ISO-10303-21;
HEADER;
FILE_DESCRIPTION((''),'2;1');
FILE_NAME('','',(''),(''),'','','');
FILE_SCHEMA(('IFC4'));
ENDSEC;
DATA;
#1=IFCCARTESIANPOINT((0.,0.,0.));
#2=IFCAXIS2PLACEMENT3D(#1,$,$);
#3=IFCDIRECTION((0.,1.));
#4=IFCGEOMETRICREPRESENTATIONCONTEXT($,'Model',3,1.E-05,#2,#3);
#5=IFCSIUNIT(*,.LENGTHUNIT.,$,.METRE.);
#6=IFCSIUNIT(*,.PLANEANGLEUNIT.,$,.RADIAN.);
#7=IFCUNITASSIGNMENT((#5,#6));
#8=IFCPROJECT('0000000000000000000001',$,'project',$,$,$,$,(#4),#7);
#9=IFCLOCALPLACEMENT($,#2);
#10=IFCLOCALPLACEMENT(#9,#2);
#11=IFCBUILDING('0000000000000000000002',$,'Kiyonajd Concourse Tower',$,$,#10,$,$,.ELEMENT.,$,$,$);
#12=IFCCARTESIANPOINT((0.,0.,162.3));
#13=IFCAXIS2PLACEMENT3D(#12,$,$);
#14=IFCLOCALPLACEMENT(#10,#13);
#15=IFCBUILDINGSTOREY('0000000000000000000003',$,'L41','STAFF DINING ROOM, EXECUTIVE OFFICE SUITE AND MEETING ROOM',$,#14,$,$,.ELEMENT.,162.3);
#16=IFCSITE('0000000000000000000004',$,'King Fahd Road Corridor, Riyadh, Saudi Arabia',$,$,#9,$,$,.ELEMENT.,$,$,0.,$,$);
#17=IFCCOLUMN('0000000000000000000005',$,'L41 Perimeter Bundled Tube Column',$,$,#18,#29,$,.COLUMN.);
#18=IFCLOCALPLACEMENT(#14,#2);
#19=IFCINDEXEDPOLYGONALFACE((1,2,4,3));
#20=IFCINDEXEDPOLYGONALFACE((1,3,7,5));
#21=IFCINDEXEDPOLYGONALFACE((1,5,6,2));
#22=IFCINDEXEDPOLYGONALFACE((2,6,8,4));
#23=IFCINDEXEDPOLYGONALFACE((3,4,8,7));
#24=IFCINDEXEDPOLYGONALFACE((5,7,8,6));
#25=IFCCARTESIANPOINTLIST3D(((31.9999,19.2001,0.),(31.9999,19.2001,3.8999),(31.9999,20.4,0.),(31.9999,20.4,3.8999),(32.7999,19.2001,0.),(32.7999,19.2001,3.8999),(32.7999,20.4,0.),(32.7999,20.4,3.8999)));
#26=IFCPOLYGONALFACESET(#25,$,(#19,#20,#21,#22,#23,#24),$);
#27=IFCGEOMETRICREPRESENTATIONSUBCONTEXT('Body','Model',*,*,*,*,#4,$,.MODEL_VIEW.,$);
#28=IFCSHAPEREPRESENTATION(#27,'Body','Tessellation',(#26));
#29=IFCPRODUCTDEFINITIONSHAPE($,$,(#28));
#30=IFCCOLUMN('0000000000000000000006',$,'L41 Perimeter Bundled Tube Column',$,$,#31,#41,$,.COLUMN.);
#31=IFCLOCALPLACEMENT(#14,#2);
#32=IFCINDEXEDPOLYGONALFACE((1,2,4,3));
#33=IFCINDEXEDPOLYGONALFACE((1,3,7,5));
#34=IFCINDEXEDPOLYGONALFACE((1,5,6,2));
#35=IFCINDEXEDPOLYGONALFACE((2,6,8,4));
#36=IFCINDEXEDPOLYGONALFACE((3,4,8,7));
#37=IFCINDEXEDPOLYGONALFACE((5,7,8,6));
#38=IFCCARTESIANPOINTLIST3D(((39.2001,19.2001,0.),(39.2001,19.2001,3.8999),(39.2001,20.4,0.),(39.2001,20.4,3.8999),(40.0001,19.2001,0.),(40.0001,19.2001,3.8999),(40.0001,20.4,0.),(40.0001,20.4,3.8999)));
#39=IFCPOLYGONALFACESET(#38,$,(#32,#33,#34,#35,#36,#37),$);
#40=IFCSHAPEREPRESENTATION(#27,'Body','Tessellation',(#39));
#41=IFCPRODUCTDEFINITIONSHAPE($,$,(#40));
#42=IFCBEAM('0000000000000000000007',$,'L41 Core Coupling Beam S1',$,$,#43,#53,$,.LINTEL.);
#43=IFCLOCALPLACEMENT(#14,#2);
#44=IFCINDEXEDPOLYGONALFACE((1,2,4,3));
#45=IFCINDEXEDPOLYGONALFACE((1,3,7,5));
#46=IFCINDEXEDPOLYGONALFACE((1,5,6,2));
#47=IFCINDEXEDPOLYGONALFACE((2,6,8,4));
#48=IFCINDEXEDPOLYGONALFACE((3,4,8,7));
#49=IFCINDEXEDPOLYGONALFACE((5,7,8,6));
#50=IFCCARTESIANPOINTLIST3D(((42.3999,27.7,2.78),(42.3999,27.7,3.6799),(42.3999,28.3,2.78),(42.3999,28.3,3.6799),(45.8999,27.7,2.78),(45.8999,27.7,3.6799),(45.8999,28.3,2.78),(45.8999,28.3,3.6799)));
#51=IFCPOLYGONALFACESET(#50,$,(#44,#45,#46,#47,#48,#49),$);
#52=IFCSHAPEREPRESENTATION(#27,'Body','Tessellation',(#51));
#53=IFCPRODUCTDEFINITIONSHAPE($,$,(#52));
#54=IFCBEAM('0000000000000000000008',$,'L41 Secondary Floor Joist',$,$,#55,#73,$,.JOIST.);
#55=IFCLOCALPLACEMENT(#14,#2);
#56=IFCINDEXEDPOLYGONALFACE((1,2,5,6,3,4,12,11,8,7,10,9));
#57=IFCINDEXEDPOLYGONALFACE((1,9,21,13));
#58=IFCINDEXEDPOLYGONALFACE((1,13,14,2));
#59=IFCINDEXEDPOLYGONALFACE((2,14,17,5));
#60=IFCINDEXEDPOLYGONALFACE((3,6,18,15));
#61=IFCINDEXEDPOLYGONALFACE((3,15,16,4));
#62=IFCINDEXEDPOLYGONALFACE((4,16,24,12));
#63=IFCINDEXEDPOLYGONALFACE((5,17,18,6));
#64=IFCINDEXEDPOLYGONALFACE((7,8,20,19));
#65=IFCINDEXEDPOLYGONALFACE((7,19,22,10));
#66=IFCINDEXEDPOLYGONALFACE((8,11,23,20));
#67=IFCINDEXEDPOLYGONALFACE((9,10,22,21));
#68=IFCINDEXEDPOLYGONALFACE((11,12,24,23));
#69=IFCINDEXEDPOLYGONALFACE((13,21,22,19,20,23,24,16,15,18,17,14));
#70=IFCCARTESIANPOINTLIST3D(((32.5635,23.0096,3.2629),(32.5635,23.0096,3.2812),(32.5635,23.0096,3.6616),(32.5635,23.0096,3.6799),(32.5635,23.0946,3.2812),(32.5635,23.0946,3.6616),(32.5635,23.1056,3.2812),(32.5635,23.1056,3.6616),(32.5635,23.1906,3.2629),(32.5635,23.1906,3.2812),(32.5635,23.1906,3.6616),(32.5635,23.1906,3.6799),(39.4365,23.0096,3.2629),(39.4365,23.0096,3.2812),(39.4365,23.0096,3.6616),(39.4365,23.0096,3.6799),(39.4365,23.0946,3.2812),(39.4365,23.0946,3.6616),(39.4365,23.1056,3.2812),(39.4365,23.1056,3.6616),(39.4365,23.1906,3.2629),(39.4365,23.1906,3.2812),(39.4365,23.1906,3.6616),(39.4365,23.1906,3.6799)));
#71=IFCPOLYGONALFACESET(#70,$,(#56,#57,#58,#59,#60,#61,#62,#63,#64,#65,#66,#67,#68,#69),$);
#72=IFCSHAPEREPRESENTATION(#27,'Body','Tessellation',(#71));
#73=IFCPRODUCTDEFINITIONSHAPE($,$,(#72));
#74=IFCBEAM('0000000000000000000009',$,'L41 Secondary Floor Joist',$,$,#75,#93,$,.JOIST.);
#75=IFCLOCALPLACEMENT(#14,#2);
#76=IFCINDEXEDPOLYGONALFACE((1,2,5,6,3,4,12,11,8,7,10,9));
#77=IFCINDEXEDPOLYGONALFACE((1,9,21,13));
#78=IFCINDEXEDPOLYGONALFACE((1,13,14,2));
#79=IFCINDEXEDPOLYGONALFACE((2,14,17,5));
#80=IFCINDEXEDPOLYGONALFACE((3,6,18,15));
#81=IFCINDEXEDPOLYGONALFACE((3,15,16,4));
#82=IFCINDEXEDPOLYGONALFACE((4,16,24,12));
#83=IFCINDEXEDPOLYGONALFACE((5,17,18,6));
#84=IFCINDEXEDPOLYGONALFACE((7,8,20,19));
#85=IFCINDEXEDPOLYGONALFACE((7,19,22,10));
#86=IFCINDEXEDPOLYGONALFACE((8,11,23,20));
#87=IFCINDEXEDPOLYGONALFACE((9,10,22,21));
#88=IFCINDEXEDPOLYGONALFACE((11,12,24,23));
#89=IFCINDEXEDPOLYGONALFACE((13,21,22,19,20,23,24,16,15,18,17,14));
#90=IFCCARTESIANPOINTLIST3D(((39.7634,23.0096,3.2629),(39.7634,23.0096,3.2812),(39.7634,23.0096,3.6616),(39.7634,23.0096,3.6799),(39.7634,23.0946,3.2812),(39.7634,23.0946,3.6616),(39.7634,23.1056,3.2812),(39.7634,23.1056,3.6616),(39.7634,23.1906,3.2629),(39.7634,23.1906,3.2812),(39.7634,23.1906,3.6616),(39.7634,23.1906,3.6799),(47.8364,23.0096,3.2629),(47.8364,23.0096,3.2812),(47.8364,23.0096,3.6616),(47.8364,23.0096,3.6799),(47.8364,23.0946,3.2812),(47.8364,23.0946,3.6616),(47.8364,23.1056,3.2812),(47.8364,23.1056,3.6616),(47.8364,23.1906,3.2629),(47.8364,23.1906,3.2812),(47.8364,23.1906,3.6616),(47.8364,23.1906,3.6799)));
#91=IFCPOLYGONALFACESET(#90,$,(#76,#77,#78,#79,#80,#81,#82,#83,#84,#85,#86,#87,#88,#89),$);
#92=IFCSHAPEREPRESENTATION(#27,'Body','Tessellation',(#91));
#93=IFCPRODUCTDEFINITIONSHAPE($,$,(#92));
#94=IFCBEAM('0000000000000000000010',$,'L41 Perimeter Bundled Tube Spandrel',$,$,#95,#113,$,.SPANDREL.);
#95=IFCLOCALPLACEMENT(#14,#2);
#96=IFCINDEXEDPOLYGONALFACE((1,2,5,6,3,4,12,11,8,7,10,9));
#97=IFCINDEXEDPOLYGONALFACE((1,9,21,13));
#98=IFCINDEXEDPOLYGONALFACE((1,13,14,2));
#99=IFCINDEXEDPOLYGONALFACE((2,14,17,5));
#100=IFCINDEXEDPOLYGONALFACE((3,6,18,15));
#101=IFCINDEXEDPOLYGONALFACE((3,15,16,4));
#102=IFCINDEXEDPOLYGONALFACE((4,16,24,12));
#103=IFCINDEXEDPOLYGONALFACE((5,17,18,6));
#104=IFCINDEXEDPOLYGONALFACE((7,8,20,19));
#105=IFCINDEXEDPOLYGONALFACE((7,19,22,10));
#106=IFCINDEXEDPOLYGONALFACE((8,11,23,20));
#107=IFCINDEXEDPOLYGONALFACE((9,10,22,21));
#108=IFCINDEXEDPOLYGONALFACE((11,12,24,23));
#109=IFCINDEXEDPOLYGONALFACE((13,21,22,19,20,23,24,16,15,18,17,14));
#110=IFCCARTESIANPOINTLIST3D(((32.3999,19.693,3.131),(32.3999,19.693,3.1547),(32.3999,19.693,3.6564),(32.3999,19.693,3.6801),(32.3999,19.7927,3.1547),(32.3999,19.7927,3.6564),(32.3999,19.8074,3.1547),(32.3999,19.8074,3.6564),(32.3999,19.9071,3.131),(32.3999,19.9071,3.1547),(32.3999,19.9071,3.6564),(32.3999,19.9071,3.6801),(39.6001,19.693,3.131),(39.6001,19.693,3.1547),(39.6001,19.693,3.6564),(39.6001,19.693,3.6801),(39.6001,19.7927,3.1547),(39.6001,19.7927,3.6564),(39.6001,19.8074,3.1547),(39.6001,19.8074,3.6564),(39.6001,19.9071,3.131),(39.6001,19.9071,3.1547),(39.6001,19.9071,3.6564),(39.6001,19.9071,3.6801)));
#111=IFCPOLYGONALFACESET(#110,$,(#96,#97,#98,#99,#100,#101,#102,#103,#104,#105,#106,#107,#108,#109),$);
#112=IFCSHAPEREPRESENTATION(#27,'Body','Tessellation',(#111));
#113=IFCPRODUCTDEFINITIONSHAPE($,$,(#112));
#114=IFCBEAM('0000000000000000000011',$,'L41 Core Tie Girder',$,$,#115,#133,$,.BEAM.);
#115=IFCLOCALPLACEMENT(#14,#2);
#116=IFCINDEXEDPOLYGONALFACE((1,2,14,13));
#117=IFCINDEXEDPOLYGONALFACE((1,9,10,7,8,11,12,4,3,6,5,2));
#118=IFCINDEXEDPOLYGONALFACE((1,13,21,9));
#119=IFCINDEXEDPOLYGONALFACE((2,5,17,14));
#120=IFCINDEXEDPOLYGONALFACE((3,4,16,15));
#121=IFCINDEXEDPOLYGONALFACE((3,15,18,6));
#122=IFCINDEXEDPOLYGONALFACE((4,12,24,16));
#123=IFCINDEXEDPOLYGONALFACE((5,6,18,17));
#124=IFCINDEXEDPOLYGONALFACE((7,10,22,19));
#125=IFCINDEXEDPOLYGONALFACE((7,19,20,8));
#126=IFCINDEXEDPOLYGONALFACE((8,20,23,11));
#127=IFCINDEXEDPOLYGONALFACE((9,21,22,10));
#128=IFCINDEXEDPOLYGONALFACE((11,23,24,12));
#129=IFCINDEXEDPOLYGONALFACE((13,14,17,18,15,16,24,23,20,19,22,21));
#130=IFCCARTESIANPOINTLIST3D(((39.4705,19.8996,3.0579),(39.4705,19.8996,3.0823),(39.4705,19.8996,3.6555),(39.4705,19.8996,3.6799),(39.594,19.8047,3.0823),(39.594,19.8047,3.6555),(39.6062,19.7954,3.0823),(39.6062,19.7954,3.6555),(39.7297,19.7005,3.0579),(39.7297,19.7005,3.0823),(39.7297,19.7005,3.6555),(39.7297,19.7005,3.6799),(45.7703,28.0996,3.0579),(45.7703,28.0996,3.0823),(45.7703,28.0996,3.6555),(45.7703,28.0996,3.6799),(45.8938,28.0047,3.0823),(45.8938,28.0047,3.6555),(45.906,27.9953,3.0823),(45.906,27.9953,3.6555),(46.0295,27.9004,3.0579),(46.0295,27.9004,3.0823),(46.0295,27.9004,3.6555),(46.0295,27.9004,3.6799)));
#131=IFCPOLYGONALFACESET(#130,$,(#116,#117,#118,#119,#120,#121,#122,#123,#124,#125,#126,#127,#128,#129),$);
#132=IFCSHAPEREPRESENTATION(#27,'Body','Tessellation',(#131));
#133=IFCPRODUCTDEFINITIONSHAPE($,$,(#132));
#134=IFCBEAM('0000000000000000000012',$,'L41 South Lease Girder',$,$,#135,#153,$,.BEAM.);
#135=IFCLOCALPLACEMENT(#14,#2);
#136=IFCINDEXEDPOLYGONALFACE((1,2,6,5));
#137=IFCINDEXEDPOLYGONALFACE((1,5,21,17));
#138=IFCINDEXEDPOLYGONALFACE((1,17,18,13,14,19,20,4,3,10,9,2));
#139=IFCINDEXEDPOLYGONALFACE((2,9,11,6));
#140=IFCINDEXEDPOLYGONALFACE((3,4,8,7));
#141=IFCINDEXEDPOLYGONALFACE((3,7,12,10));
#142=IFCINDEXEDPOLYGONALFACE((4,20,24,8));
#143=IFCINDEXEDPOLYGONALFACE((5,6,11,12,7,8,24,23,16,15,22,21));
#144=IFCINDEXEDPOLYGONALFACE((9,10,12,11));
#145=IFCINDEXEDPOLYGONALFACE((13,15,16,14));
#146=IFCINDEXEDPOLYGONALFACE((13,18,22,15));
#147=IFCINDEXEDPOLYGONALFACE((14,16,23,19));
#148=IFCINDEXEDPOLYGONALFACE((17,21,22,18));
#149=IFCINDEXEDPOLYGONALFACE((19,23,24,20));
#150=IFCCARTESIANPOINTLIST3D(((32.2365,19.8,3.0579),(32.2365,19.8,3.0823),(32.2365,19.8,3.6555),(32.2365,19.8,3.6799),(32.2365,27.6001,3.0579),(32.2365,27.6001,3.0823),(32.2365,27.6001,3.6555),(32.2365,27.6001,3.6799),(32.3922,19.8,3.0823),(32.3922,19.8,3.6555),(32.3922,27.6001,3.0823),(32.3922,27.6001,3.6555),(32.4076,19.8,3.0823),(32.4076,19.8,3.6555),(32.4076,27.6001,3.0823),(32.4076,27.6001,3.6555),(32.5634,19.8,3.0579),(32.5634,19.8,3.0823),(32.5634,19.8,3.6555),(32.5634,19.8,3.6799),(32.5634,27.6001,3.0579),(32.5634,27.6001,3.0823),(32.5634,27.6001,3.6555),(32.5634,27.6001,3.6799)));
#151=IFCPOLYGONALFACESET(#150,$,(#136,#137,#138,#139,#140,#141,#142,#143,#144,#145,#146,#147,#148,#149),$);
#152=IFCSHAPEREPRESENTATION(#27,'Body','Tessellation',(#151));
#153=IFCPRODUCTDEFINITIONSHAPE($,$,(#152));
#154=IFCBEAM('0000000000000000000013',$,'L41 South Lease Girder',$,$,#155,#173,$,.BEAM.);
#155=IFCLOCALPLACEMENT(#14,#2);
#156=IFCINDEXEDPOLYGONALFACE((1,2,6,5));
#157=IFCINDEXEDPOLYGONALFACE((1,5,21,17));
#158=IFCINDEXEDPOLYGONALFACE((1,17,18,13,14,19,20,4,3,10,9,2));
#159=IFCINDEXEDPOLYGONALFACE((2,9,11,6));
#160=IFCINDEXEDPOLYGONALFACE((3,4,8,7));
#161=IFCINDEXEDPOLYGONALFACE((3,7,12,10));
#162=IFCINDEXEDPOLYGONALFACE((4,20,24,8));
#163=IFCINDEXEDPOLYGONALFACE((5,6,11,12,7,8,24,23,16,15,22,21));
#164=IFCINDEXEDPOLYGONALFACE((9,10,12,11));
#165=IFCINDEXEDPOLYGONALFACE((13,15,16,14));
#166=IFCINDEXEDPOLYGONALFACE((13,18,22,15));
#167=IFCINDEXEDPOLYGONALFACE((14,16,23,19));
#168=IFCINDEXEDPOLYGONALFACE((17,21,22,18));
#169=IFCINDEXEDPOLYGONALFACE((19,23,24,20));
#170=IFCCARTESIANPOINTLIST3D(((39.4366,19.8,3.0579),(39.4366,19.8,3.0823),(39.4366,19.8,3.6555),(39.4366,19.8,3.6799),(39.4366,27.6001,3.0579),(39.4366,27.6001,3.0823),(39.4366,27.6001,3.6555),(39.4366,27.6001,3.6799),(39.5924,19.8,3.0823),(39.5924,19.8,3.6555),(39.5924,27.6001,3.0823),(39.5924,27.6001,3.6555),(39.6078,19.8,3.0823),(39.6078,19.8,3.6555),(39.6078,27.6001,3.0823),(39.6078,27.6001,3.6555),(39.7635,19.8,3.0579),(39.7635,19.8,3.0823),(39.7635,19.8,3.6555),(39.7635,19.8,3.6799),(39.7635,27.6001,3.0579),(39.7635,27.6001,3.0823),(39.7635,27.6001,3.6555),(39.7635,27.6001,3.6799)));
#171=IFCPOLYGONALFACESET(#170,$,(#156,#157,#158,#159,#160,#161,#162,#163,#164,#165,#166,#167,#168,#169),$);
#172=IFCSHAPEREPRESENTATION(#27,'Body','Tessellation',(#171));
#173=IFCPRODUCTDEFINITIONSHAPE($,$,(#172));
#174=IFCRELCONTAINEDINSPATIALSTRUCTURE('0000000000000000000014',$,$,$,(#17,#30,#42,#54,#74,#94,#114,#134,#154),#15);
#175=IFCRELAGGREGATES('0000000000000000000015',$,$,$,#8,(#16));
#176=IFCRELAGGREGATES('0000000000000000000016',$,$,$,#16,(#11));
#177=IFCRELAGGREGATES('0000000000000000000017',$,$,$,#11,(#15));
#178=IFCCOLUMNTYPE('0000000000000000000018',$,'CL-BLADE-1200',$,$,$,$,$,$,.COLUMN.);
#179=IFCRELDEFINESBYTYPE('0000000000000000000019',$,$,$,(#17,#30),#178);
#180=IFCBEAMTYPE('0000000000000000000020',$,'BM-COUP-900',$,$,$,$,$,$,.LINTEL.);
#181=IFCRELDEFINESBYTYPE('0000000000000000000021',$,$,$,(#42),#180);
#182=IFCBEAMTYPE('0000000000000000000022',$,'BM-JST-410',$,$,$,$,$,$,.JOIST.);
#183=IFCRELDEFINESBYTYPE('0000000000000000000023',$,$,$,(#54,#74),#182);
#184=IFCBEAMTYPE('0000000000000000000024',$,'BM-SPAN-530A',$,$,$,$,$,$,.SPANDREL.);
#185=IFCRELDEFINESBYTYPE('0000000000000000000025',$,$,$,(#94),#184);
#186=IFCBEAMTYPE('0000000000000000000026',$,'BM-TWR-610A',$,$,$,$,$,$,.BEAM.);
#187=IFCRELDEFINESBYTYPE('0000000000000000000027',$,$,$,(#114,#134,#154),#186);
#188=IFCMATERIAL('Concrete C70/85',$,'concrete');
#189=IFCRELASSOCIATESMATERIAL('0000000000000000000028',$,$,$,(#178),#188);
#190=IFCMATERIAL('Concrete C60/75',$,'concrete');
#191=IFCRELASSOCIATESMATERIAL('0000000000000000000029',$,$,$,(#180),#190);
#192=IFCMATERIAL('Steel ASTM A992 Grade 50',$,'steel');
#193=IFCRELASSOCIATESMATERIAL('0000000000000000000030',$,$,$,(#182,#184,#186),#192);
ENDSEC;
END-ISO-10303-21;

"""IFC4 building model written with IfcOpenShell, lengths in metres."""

from ifc_helpers import new_model, si_unit, direction, frame, origin, origin_2d, place, context, subcontext, project, spatial, rectangle, i_section, extrude, material, material_profile, profile_set, type_object, element, save


model = new_model("IFC4")

# Units and contexts
model_context = context("Model", 3, precision=1e-05, world=origin(), true_north=direction((0.0, 1.0)))
body_context = subcontext(model_context, "Body", "Model", "MODEL_VIEW")
ifc_project = project(units=[si_unit("LENGTHUNIT", "METRE"), si_unit("PLANEANGLEUNIT", "RADIAN")], contexts=[model_context])

# Site, building, storey
site_placement = place(None, origin())
site = spatial("IfcSite", under=ifc_project, at=site_placement, Name="King Fahd Road Corridor, Riyadh, Saudi Arabia", CompositionType="ELEMENT", RefElevation=0.0)
building_placement = place(site_placement, origin())
building = spatial("IfcBuilding", under=site, at=building_placement, Name="Kiyonajd Concourse Tower", CompositionType="ELEMENT")
storey_placement = place(building_placement, frame((0.0, 0.0, 162.3)))
storey = spatial("IfcBuildingStorey", under=building, at=storey_placement, Name="L41", Description="STAFF DINING ROOM, EXECUTIVE OFFICE SUITE AND MEETING ROOM", CompositionType="ELEMENT", Elevation=162.3)

# Columns
ifc_material_1 = material(Name="Concrete C70/85", Category="concrete")
ifc_material_profile_1 = material_profile(ifc_material_1, rectangle(XDim=0.8, YDim=1.2, at=origin_2d()), Name="RC-1200x800")
ifc_profile_set_1 = profile_set([ifc_material_profile_1], Name="Concrete C70/85")
column_type = type_object("IfcColumnType", Name="CL-BLADE-1200", PredefinedType="COLUMN", material=ifc_profile_set_1)
for number, where, z_axis, x_axis, name in (
    (1, (32.3999, 19.8, 0.0), (0.0, 0.0, 1.0), (1.0, 0.0, 0.0), "L41 Perimeter Bundled Tube Column"),
    (2, (39.6001, 19.8, 0.0), (0.0, 0.0, 1.0), (1.0, 0.0, 0.0), "L41 Perimeter Bundled Tube Column"),
):
    element("IfcColumn", number, at=place(storey_placement, frame(where, z_axis=z_axis, x_axis=x_axis)), inside=storey, type_object=column_type, Name=name, PredefinedType="COLUMN", context=body_context, shape_type="SweptSolid", body=[
        extrude(rectangle(XDim=0.8, YDim=1.2, at=origin_2d()), origin(), (0.0, 0.0, 1.0), 3.8999),
    ])

# Beams
ifc_material_2 = material(Name="Concrete C60/75", Category="concrete")
ifc_material_profile_2 = material_profile(ifc_material_2, rectangle(XDim=0.6001, YDim=0.8999, at=origin_2d()), Name="RCBM-600x900")
ifc_profile_set_2 = profile_set([ifc_material_profile_2], Name="Concrete C60/75")
beam_type_1 = type_object("IfcBeamType", Name="BM-COUP-900", PredefinedType="LINTEL", material=ifc_profile_set_2)
beam_1_placement = place(storey_placement, frame((42.3999, 28.0, 3.23), z_axis=(1.0, 0.0, 0.0), x_axis=(0.0, 1.0, 0.0)))
element("IfcBeam", 3, at=beam_1_placement, inside=storey, type_object=beam_type_1, Name="L41 Core Coupling Beam S1", PredefinedType="LINTEL", context=body_context, shape_type="SweptSolid", body=[
    extrude(rectangle(XDim=0.6001, YDim=0.8999, at=origin_2d()), origin(), (0.0, 0.0, 1.0), 3.5),
])
ifc_material_3 = material(Name="Steel ASTM A992 Grade 50", Category="steel")
ifc_material_profile_3 = material_profile(ifc_material_3, i_section(OverallWidth=0.1809, OverallDepth=0.417, WebThickness=0.011, FlangeThickness=0.0183, at=origin_2d()), Name="W410X85")
ifc_profile_set_3 = profile_set([ifc_material_profile_3], Name="Steel ASTM A992 Grade 50")
beam_type_2 = type_object("IfcBeamType", Name="BM-JST-410", PredefinedType="JOIST", material=ifc_profile_set_3)
beam_2_placement = place(storey_placement, frame((32.5635, 23.1001, 3.4714), z_axis=(1.0, 0.0, 0.0), x_axis=(0.0, 1.0, 0.0)))
element("IfcBeam", 4, at=beam_2_placement, inside=storey, type_object=beam_type_2, Name="L41 Secondary Floor Joist", PredefinedType="JOIST", context=body_context, shape_type="SweptSolid", body=[
    extrude(i_section(OverallWidth=0.1809, OverallDepth=0.417, WebThickness=0.011, FlangeThickness=0.0183, at=origin_2d()), origin(), (0.0, 0.0, 1.0), 6.873),
])
beam_3_placement = place(storey_placement, frame((39.7634, 23.1001, 3.4714), z_axis=(1.0, 0.0, 0.0), x_axis=(0.0, 1.0, 0.0)))
element("IfcBeam", 5, at=beam_3_placement, inside=storey, type_object=beam_type_2, Name="L41 Secondary Floor Joist", PredefinedType="JOIST", context=body_context, shape_type="SweptSolid", body=[
    extrude(i_section(OverallWidth=0.1809, OverallDepth=0.417, WebThickness=0.011, FlangeThickness=0.0183, at=origin_2d()), origin(), (0.0, 0.0, 1.0), 8.073),
])
ifc_material_profile_4 = material_profile(ifc_material_3, i_section(OverallWidth=0.2141, OverallDepth=0.5491, WebThickness=0.0146, FlangeThickness=0.0237, at=origin_2d()), Name="W530X138")
ifc_profile_set_4 = profile_set([ifc_material_profile_4], Name="Steel ASTM A992 Grade 50")
beam_type_3 = type_object("IfcBeamType", Name="BM-SPAN-530A", PredefinedType="SPANDREL", material=ifc_profile_set_4)
beam_4_placement = place(storey_placement, frame((32.3999, 19.8, 3.4055), z_axis=(1.0, 0.0, 0.0), x_axis=(0.0, 1.0, 0.0)))
element("IfcBeam", 6, at=beam_4_placement, inside=storey, type_object=beam_type_3, Name="L41 Perimeter Bundled Tube Spandrel", PredefinedType="SPANDREL", context=body_context, shape_type="SweptSolid", body=[
    extrude(i_section(OverallWidth=0.2141, OverallDepth=0.5491, WebThickness=0.0146, FlangeThickness=0.0237, at=origin_2d()), origin(), (0.0, 0.0, 1.0), 7.2002),
])
ifc_material_profile_5 = material_profile(ifc_material_3, i_section(OverallWidth=0.3269, OverallDepth=0.6221, WebThickness=0.0154, FlangeThickness=0.0244, at=origin_2d()), Name="W610X195")
ifc_profile_set_5 = profile_set([ifc_material_profile_5], Name="Steel ASTM A992 Grade 50")
beam_type_4 = type_object("IfcBeamType", Name="BM-TWR-610A", PredefinedType="BEAM", material=ifc_profile_set_5)
beam_5_placement = place(storey_placement, frame((39.6001, 19.8, 3.3689), z_axis=(0.609234, 0.792991, 0.0), x_axis=(-0.792991, 0.609234, 0.0)))
element("IfcBeam", 7, at=beam_5_placement, inside=storey, type_object=beam_type_4, Name="L41 Core Tie Girder", PredefinedType="BEAM", context=body_context, shape_type="SweptSolid", body=[
    extrude(i_section(OverallWidth=0.3269, OverallDepth=0.6221, WebThickness=0.0154, FlangeThickness=0.0244, at=origin_2d()), origin(), (0.0, 0.0, 1.0), 10.3406),
])
for number, where, z_axis, x_axis, name in (
    (8, (32.3999, 19.8, 3.3689), (0.0, 1.0, 0.0), (-1.0, 0.0, 0.0), "L41 South Lease Girder"),
    (9, (39.6001, 19.8, 3.3689), (0.0, 1.0, 0.0), (-1.0, 0.0, 0.0), "L41 South Lease Girder"),
):
    element("IfcBeam", number, at=place(storey_placement, frame(where, z_axis=z_axis, x_axis=x_axis)), inside=storey, type_object=beam_type_4, Name=name, PredefinedType="BEAM", context=body_context, shape_type="SweptSolid", body=[
        extrude(i_section(OverallWidth=0.3269, OverallDepth=0.6221, WebThickness=0.0154, FlangeThickness=0.0244, at=origin_2d()), origin(), (0.0, 0.0, 1.0), 7.8),
    ])

save(model, "model.ifc")
